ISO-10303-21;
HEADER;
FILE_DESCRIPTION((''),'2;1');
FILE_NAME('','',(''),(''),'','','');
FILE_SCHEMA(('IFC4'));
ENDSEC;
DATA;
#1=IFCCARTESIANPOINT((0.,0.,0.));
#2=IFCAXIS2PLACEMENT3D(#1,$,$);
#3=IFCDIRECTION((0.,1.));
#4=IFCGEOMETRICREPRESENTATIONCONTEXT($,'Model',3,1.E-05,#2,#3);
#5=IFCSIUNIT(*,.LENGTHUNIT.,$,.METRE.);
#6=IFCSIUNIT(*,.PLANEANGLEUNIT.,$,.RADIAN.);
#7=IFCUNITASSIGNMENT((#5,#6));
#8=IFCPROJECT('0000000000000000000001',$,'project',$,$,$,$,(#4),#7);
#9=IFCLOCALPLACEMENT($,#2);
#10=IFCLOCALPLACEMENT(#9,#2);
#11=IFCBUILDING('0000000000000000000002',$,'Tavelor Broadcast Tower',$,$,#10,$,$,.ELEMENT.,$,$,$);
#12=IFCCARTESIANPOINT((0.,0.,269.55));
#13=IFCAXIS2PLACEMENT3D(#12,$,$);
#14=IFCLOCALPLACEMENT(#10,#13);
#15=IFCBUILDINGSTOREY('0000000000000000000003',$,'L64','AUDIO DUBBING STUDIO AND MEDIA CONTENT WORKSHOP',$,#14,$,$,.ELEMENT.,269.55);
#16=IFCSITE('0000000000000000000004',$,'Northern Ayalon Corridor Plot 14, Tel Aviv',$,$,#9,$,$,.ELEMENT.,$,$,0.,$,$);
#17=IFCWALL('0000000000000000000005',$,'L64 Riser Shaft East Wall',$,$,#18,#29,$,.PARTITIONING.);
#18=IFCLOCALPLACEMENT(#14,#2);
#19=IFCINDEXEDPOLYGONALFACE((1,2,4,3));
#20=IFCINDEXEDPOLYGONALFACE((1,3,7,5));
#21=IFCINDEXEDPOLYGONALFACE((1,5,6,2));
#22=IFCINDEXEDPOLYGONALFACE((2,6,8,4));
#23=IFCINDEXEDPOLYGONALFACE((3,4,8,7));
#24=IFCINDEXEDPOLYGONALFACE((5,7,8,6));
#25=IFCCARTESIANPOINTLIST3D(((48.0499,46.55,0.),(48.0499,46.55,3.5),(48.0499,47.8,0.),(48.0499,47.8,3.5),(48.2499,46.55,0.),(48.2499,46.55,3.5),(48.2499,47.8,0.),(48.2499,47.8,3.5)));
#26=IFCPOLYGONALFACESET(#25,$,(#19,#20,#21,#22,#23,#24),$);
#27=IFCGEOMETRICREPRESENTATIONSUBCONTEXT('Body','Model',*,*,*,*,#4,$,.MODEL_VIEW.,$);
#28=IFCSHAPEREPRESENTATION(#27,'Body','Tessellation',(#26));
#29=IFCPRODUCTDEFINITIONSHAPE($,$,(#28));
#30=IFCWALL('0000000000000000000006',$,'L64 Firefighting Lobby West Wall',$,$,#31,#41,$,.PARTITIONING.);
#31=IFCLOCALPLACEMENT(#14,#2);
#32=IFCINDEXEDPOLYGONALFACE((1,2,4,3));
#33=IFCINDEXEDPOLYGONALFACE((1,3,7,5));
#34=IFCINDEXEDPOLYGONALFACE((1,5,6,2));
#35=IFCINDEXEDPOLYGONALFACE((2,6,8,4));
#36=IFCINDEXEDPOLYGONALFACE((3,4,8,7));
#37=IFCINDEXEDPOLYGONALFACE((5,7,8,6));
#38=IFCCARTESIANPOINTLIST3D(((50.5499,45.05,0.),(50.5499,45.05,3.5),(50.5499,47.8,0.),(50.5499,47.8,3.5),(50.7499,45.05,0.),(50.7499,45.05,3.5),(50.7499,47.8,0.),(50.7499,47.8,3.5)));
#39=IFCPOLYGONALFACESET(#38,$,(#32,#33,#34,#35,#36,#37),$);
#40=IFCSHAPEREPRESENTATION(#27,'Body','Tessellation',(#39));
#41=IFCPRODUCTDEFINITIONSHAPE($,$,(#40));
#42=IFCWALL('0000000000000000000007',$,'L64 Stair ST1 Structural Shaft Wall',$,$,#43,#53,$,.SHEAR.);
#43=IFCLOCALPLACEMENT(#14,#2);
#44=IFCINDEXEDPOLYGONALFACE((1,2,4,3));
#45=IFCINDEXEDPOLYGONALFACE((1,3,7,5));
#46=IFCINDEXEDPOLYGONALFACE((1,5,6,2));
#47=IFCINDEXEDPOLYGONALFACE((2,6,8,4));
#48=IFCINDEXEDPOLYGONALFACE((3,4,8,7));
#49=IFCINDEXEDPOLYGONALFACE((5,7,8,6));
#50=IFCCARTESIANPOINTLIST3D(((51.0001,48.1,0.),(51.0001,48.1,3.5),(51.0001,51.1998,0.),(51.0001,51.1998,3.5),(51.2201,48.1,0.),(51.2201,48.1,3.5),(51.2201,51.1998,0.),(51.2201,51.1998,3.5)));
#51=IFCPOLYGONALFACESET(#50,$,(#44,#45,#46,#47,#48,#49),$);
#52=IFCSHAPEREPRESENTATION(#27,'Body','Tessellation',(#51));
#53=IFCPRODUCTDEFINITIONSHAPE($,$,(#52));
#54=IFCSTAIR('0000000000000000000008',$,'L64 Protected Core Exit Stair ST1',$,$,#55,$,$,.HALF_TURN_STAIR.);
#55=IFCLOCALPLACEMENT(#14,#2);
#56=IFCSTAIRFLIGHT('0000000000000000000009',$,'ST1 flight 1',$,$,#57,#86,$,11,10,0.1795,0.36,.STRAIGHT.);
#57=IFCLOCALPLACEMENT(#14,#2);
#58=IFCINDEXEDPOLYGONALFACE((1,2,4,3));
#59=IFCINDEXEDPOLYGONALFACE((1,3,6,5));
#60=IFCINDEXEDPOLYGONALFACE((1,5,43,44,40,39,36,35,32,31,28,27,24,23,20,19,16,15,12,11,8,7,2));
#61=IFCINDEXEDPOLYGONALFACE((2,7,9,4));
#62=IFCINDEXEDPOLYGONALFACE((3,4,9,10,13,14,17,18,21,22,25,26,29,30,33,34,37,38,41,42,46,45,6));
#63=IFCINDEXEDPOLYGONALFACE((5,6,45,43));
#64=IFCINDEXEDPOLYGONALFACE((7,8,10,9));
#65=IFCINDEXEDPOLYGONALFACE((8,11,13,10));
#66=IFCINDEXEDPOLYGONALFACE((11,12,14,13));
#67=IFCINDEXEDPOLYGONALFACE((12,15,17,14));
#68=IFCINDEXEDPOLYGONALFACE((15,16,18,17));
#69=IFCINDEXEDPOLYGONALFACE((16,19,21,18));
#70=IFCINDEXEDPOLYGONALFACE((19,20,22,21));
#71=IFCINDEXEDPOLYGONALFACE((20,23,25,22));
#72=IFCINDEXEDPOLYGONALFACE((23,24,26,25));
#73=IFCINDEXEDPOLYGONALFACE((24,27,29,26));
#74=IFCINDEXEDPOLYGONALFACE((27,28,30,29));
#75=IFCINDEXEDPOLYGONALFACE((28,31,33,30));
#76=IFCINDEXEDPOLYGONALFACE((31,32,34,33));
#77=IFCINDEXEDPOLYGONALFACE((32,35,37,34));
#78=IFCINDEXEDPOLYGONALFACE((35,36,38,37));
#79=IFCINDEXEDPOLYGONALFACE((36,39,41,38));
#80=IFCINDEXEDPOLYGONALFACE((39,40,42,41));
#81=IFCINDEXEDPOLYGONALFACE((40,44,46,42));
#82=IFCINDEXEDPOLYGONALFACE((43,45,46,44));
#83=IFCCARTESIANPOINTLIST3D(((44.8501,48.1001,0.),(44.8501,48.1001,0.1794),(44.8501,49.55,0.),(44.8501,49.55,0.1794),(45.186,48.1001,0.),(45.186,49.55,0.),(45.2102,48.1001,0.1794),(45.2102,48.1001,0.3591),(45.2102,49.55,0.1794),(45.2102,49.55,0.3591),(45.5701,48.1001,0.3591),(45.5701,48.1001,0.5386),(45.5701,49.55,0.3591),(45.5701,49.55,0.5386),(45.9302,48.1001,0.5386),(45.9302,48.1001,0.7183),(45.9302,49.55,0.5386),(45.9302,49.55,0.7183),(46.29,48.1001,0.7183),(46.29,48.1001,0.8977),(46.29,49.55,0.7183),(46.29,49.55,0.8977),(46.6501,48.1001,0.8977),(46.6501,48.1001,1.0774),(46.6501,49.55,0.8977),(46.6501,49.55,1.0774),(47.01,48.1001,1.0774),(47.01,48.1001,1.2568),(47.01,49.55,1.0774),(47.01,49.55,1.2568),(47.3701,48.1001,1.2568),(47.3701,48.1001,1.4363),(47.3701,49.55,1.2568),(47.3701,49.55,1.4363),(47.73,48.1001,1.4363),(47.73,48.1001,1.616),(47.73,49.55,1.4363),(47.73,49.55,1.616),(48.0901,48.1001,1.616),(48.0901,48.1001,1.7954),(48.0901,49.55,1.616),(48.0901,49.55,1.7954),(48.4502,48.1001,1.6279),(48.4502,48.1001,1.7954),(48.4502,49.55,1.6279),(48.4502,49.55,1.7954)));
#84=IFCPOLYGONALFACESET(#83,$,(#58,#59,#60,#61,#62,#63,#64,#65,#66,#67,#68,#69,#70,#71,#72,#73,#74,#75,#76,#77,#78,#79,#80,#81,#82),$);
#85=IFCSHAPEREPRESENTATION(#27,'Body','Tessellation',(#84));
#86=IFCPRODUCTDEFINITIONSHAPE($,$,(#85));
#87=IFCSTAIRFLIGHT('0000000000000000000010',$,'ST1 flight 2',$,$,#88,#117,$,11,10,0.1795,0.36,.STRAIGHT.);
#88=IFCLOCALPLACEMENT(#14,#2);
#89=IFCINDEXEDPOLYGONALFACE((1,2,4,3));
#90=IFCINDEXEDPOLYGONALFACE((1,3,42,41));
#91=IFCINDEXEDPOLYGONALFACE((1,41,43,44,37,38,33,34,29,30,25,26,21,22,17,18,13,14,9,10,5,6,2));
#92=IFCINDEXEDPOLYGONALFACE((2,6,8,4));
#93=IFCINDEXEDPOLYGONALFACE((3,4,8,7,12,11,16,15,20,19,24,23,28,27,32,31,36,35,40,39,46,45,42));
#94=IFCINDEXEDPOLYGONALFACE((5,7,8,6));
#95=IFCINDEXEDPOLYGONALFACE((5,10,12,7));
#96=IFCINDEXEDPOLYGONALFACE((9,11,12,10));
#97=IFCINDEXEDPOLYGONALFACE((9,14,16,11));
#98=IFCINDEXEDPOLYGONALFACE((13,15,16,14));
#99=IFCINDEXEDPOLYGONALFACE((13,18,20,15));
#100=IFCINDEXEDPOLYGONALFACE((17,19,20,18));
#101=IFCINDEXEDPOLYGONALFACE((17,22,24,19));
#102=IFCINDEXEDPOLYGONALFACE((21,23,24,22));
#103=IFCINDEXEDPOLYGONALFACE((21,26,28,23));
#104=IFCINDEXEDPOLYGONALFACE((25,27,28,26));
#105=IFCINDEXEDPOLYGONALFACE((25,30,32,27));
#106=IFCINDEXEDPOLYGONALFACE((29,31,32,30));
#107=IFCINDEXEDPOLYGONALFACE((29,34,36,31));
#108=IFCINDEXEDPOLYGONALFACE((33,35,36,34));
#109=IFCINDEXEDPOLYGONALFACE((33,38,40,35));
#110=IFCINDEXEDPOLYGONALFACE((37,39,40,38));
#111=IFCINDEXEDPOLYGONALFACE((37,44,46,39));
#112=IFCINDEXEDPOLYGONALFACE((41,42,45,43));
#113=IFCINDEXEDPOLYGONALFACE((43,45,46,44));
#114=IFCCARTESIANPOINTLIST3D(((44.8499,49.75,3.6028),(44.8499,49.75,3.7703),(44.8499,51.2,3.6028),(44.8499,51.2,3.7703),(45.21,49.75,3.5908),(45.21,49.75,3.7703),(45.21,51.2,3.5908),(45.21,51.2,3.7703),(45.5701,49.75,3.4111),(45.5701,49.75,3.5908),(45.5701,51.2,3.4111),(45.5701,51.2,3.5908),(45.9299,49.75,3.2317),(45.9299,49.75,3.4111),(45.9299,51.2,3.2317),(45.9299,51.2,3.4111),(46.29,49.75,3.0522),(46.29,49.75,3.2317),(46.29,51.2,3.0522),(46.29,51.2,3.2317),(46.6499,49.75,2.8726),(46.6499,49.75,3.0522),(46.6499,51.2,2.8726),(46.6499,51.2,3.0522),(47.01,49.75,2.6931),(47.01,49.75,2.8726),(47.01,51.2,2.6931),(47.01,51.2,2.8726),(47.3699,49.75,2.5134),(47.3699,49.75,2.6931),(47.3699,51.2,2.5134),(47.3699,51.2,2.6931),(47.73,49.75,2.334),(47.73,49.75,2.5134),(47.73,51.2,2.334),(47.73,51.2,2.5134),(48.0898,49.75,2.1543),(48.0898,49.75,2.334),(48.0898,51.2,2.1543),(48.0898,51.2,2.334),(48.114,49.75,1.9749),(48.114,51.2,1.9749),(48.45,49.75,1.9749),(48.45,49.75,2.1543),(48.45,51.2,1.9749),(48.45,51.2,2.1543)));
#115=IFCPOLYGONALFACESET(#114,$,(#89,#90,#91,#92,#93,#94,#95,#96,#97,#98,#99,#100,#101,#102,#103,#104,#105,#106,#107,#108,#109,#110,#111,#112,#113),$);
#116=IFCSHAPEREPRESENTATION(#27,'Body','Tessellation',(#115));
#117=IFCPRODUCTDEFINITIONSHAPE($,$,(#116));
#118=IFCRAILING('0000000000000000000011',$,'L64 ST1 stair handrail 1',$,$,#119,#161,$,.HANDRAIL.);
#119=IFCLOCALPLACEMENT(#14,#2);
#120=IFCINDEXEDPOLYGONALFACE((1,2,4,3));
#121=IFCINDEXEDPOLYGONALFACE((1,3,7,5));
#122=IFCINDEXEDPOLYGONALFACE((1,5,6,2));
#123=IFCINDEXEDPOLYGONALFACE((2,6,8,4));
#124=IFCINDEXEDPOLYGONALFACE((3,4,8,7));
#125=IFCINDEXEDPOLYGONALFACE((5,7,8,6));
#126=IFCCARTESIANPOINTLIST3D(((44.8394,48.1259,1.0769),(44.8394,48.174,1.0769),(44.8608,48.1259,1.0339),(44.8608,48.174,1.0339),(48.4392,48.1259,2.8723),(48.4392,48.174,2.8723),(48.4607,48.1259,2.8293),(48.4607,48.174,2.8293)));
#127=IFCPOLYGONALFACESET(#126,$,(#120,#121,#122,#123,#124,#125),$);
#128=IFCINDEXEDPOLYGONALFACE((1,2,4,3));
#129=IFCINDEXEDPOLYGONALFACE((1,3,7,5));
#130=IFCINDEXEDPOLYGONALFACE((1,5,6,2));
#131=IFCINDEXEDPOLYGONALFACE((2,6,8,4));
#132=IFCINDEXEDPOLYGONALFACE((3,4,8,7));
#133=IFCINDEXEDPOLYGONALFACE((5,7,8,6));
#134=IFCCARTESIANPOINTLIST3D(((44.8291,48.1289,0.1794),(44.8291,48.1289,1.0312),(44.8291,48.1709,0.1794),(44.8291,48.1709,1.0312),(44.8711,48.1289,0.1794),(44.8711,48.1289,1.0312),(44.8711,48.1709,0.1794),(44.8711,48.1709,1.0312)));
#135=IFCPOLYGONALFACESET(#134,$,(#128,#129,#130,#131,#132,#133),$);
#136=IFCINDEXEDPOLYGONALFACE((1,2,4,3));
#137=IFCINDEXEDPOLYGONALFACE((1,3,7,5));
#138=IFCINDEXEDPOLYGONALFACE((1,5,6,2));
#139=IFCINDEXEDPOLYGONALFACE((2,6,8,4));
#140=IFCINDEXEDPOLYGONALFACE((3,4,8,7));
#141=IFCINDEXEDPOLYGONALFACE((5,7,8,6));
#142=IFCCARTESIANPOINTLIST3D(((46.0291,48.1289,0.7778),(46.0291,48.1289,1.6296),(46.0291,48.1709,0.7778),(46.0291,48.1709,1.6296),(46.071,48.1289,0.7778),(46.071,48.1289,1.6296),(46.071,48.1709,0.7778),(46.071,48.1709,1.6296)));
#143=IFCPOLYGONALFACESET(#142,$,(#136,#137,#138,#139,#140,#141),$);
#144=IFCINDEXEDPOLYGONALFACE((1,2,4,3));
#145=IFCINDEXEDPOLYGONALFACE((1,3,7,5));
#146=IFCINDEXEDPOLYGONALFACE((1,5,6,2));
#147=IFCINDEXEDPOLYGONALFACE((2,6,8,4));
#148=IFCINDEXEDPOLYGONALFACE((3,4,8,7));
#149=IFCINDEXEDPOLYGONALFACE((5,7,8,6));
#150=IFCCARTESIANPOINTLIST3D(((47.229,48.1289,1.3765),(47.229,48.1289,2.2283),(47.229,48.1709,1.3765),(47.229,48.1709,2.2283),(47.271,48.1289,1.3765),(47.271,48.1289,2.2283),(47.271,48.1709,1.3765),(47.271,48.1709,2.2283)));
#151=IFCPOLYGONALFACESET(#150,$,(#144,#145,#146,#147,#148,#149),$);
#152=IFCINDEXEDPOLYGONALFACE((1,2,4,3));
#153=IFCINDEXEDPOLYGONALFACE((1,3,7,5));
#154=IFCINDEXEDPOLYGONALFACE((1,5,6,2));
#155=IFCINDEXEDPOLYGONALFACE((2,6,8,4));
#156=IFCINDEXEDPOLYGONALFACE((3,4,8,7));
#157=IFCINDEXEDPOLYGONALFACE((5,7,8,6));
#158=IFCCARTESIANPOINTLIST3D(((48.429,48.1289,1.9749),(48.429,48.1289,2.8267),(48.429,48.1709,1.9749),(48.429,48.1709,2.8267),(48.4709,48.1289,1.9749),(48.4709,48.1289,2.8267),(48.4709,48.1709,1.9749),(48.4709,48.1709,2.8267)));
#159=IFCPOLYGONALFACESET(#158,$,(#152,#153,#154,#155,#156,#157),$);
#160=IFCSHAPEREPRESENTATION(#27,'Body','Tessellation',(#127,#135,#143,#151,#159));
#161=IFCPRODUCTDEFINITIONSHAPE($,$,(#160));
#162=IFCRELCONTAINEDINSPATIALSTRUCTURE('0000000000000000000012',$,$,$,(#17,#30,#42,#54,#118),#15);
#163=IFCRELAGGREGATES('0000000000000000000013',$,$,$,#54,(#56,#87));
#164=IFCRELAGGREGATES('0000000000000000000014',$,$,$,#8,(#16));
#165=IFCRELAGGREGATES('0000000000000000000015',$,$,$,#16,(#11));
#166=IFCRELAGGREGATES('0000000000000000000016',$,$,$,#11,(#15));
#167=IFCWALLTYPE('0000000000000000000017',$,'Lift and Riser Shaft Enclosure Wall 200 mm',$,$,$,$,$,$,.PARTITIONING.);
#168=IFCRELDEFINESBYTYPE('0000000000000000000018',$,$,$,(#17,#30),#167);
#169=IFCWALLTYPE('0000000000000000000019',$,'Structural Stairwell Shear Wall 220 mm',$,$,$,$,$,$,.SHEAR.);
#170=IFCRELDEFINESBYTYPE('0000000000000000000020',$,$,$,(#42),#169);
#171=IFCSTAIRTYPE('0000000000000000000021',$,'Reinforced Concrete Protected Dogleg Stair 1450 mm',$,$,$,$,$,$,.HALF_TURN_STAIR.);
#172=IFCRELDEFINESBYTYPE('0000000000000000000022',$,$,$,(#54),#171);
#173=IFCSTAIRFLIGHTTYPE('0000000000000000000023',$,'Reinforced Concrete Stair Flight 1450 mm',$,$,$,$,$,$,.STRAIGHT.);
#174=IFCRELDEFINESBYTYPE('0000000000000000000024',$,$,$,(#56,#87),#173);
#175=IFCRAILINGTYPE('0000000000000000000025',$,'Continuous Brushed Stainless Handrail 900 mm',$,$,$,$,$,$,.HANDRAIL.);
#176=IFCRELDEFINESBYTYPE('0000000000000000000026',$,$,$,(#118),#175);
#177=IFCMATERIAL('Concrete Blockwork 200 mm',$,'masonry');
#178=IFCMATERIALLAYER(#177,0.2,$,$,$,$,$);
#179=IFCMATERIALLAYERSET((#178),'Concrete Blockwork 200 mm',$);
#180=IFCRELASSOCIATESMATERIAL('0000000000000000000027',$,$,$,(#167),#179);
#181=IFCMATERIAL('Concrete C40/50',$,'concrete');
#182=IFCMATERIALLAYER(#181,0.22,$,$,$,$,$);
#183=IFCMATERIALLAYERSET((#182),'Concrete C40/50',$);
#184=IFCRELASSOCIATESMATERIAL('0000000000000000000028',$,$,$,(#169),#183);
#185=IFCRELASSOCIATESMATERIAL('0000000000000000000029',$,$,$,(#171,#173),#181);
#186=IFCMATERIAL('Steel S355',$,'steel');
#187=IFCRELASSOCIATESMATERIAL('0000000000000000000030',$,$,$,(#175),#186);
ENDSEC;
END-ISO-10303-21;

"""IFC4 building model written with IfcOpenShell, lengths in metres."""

from ifc_helpers import new_model, si_unit, direction, frame, frame_2d, origin, origin_2d, place, context, subcontext, project, spatial, polyline, rectangle, outline, extrude, material, layer, layer_set, type_object, element, aggregate, save


model = new_model("IFC4")

# Units and contexts
model_context = context("Model", 3, precision=1e-05, world=origin(), true_north=direction((0.0, 1.0)))
body_context = subcontext(model_context, "Body", "Model", "MODEL_VIEW")
ifc_project = project(units=[si_unit("LENGTHUNIT", "METRE"), si_unit("PLANEANGLEUNIT", "RADIAN")], contexts=[model_context])

# Site, building, storey
site_placement = place(None, origin())
site = spatial("IfcSite", under=ifc_project, at=site_placement, Name="Northern Ayalon Corridor Plot 14, Tel Aviv", CompositionType="ELEMENT", RefElevation=0.0)
building_placement = place(site_placement, origin())
building = spatial("IfcBuilding", under=site, at=building_placement, Name="Tavelor Broadcast Tower", CompositionType="ELEMENT")
storey_placement = place(building_placement, frame((0.0, 0.0, 269.55)))
storey = spatial("IfcBuildingStorey", under=building, at=storey_placement, Name="L64", Description="AUDIO DUBBING STUDIO AND MEDIA CONTENT WORKSHOP", CompositionType="ELEMENT", Elevation=269.55)

# Shared definitions
ifc_material_1 = material(Name="Concrete C40/50", Category="concrete")
ifc_material_2 = material(Name="Steel S355", Category="steel")

# Walls
ifc_material_3 = material(Name="Concrete Blockwork 200 mm", Category="masonry")
ifc_layer_1 = layer(ifc_material_3, 0.2)
ifc_layer_set_1 = layer_set([ifc_layer_1], Name="Concrete Blockwork 200 mm")
wall_type_1 = type_object("IfcWallType", Name="Lift and Riser Shaft Enclosure Wall 200 mm", PredefinedType="PARTITIONING", material=ifc_layer_set_1)
wall_1_placement = place(storey_placement, frame((48.1499, 46.55, 0.0), z_axis=(0.0, 0.0, 1.0), x_axis=(0.0, 1.0, 0.0)))
element("IfcWall", 1, at=wall_1_placement, inside=storey, type_object=wall_type_1, Name="L64 Riser Shaft East Wall", PredefinedType="PARTITIONING", context=body_context, shape_type="SweptSolid", body=[
    extrude(rectangle(XDim=1.25, YDim=0.2, at=frame_2d((0.625, 0.0))), origin(), (0.0, 0.0, 1.0), 3.5),
])
wall_2_placement = place(storey_placement, frame((50.6499, 45.05, 0.0), z_axis=(0.0, 0.0, 1.0), x_axis=(0.0, 1.0, 0.0)))
element("IfcWall", 2, at=wall_2_placement, inside=storey, type_object=wall_type_1, Name="L64 Firefighting Lobby West Wall", PredefinedType="PARTITIONING", context=body_context, shape_type="SweptSolid", body=[
    extrude(rectangle(XDim=2.75, YDim=0.2, at=frame_2d((1.375, 0.0))), origin(), (0.0, 0.0, 1.0), 3.5),
])
ifc_layer_2 = layer(ifc_material_1, 0.22)
ifc_layer_set_2 = layer_set([ifc_layer_2], Name="Concrete C40/50")
wall_type_2 = type_object("IfcWallType", Name="Structural Stairwell Shear Wall 220 mm", PredefinedType="SHEAR", material=ifc_layer_set_2)
wall_3_placement = place(storey_placement, frame((51.1101, 48.1001, 0.0), z_axis=(0.0, 0.0, 1.0), x_axis=(0.0, 1.0, 0.0)))
element("IfcWall", 3, at=wall_3_placement, inside=storey, type_object=wall_type_2, Name="L64 Stair ST1 Structural Shaft Wall", PredefinedType="SHEAR", context=body_context, shape_type="SweptSolid", body=[
    extrude(rectangle(XDim=3.0999, YDim=0.22, at=frame_2d((1.5498, 0.0))), origin(), (0.0, 0.0, 1.0), 3.5),
])

# Stair, stair flights
stair_type = type_object("IfcStairType", Name="Reinforced Concrete Protected Dogleg Stair 1450 mm", PredefinedType="HALF_TURN_STAIR", material=ifc_material_1)
stair_placement = place(storey_placement, origin())
stair = element("IfcStair", 4, at=stair_placement, inside=storey, type_object=stair_type, Name="L64 Protected Core Exit Stair ST1", PredefinedType="HALF_TURN_STAIR")
stair_flight_type = type_object("IfcStairFlightType", Name="Reinforced Concrete Stair Flight 1450 mm", PredefinedType="STRAIGHT", material=ifc_material_1)
stair_flight_1_placement = place(storey_placement, frame((44.8501, 48.825, 0.0), z_axis=(0.0, 0.0, 1.0), x_axis=(1.0, 0.0, 0.0)))
stair_flight_1 = element("IfcStairFlight", 5, at=stair_flight_1_placement, type_object=stair_flight_type, Name="ST1 flight 1", NumberOfRisers=11, NumberOfTreads=10, PredefinedType="STRAIGHT", RiserHeight=0.1795, TreadLength=0.36, context=body_context, shape_type="SweptSolid", body=[
    extrude(outline(polyline([(0.0, 0.0), (0.0, 0.1794), (0.3601, 0.1794), (0.3601, 0.3591), (0.72, 0.3591), (0.72, 0.5386), (1.0801, 0.5386), (1.0801, 0.7183), (1.4399, 0.7183), (1.4399, 0.8977), (1.8, 0.8977), (1.8, 1.0774), (2.1599, 1.0774), (2.1599, 1.2568), (2.52, 1.2568), (2.52, 1.4363), (2.8799, 1.4363), (2.8799, 1.616), (3.24, 1.616), (3.24, 1.7954), (3.6001, 1.7954), (3.6001, 1.9751), (3.6001, 1.6279), (0.3359, 0.0), (0.0, 0.0)])), frame((0.0, 0.7251, 0.0), z_axis=(0.0, -1.0, 0.0), x_axis=(1.0, 0.0, 0.0)), (0.0, 0.0, 1.0), 1.45),
])
stair_flight_2_placement = place(storey_placement, frame((48.45, 50.4751, 1.9749), z_axis=(0.0, 0.0, 1.0), x_axis=(-1.0, 0.0, 0.0)))
stair_flight_2 = element("IfcStairFlight", 6, at=stair_flight_2_placement, type_object=stair_flight_type, Name="ST1 flight 2", NumberOfRisers=11, NumberOfTreads=10, PredefinedType="STRAIGHT", RiserHeight=0.1795, TreadLength=0.36, context=body_context, shape_type="SweptSolid", body=[
    extrude(outline(polyline([(0.0, 0.0), (0.0, 0.1794), (0.3601, 0.1794), (0.3601, 0.3591), (0.72, 0.3591), (0.72, 0.5386), (1.0801, 0.5386), (1.0801, 0.7183), (1.4399, 0.7183), (1.4399, 0.8977), (1.8, 0.8977), (1.8, 1.0774), (2.1599, 1.0774), (2.1599, 1.2568), (2.52, 1.2568), (2.52, 1.4363), (2.8799, 1.4363), (2.8799, 1.616), (3.24, 1.616), (3.24, 1.7954), (3.6001, 1.7954), (3.6001, 1.9751), (3.6001, 1.6279), (0.3359, 0.0), (0.0, 0.0)])), frame((0.0, 0.7251, 0.0), z_axis=(0.0, -1.0, 0.0), x_axis=(1.0, 0.0, 0.0)), (0.0, 0.0, 1.0), 1.45),
])
aggregate(stair, [stair_flight_1, stair_flight_2])

# Railing
railing_type_1 = type_object("IfcRailingType", Name="Continuous Brushed Stainless Handrail 900 mm", PredefinedType="HANDRAIL", material=ifc_material_2)
railing_1_placement = place(storey_placement, frame((44.8501, 48.1499, 0.1794)))
element("IfcRailing", 7, at=railing_1_placement, inside=storey, type_object=railing_type_1, Name="L64 ST1 stair handrail 1", PredefinedType="HANDRAIL", context=body_context, shape_type="SweptSolid", body=[
    extrude(rectangle(XDim=0.0481, YDim=0.0481, at=origin_2d()), frame((0.0, 0.0, 0.876), z_axis=(0.894876, 0.0, 0.446315), x_axis=(0.0, 1.0, 0.0)), (0.0, 0.0, 1.0), 4.0227),
    extrude(rectangle(XDim=0.042, YDim=0.042, at=origin_2d()), origin(), (0.0, 0.0, 1.0), 0.8518),
    extrude(rectangle(XDim=0.042, YDim=0.042, at=origin_2d()), frame((1.2, 0.0, 0.5984)), (0.0, 0.0, 1.0), 0.8518),
    extrude(rectangle(XDim=0.042, YDim=0.042, at=origin_2d()), frame((2.3999, 0.0, 1.197)), (0.0, 0.0, 1.0), 0.8518),
    extrude(rectangle(XDim=0.042, YDim=0.042, at=origin_2d()), frame((3.5999, 0.0, 1.7954)), (0.0, 0.0, 1.0), 0.8518),
])

save(model, "model.ifc")
